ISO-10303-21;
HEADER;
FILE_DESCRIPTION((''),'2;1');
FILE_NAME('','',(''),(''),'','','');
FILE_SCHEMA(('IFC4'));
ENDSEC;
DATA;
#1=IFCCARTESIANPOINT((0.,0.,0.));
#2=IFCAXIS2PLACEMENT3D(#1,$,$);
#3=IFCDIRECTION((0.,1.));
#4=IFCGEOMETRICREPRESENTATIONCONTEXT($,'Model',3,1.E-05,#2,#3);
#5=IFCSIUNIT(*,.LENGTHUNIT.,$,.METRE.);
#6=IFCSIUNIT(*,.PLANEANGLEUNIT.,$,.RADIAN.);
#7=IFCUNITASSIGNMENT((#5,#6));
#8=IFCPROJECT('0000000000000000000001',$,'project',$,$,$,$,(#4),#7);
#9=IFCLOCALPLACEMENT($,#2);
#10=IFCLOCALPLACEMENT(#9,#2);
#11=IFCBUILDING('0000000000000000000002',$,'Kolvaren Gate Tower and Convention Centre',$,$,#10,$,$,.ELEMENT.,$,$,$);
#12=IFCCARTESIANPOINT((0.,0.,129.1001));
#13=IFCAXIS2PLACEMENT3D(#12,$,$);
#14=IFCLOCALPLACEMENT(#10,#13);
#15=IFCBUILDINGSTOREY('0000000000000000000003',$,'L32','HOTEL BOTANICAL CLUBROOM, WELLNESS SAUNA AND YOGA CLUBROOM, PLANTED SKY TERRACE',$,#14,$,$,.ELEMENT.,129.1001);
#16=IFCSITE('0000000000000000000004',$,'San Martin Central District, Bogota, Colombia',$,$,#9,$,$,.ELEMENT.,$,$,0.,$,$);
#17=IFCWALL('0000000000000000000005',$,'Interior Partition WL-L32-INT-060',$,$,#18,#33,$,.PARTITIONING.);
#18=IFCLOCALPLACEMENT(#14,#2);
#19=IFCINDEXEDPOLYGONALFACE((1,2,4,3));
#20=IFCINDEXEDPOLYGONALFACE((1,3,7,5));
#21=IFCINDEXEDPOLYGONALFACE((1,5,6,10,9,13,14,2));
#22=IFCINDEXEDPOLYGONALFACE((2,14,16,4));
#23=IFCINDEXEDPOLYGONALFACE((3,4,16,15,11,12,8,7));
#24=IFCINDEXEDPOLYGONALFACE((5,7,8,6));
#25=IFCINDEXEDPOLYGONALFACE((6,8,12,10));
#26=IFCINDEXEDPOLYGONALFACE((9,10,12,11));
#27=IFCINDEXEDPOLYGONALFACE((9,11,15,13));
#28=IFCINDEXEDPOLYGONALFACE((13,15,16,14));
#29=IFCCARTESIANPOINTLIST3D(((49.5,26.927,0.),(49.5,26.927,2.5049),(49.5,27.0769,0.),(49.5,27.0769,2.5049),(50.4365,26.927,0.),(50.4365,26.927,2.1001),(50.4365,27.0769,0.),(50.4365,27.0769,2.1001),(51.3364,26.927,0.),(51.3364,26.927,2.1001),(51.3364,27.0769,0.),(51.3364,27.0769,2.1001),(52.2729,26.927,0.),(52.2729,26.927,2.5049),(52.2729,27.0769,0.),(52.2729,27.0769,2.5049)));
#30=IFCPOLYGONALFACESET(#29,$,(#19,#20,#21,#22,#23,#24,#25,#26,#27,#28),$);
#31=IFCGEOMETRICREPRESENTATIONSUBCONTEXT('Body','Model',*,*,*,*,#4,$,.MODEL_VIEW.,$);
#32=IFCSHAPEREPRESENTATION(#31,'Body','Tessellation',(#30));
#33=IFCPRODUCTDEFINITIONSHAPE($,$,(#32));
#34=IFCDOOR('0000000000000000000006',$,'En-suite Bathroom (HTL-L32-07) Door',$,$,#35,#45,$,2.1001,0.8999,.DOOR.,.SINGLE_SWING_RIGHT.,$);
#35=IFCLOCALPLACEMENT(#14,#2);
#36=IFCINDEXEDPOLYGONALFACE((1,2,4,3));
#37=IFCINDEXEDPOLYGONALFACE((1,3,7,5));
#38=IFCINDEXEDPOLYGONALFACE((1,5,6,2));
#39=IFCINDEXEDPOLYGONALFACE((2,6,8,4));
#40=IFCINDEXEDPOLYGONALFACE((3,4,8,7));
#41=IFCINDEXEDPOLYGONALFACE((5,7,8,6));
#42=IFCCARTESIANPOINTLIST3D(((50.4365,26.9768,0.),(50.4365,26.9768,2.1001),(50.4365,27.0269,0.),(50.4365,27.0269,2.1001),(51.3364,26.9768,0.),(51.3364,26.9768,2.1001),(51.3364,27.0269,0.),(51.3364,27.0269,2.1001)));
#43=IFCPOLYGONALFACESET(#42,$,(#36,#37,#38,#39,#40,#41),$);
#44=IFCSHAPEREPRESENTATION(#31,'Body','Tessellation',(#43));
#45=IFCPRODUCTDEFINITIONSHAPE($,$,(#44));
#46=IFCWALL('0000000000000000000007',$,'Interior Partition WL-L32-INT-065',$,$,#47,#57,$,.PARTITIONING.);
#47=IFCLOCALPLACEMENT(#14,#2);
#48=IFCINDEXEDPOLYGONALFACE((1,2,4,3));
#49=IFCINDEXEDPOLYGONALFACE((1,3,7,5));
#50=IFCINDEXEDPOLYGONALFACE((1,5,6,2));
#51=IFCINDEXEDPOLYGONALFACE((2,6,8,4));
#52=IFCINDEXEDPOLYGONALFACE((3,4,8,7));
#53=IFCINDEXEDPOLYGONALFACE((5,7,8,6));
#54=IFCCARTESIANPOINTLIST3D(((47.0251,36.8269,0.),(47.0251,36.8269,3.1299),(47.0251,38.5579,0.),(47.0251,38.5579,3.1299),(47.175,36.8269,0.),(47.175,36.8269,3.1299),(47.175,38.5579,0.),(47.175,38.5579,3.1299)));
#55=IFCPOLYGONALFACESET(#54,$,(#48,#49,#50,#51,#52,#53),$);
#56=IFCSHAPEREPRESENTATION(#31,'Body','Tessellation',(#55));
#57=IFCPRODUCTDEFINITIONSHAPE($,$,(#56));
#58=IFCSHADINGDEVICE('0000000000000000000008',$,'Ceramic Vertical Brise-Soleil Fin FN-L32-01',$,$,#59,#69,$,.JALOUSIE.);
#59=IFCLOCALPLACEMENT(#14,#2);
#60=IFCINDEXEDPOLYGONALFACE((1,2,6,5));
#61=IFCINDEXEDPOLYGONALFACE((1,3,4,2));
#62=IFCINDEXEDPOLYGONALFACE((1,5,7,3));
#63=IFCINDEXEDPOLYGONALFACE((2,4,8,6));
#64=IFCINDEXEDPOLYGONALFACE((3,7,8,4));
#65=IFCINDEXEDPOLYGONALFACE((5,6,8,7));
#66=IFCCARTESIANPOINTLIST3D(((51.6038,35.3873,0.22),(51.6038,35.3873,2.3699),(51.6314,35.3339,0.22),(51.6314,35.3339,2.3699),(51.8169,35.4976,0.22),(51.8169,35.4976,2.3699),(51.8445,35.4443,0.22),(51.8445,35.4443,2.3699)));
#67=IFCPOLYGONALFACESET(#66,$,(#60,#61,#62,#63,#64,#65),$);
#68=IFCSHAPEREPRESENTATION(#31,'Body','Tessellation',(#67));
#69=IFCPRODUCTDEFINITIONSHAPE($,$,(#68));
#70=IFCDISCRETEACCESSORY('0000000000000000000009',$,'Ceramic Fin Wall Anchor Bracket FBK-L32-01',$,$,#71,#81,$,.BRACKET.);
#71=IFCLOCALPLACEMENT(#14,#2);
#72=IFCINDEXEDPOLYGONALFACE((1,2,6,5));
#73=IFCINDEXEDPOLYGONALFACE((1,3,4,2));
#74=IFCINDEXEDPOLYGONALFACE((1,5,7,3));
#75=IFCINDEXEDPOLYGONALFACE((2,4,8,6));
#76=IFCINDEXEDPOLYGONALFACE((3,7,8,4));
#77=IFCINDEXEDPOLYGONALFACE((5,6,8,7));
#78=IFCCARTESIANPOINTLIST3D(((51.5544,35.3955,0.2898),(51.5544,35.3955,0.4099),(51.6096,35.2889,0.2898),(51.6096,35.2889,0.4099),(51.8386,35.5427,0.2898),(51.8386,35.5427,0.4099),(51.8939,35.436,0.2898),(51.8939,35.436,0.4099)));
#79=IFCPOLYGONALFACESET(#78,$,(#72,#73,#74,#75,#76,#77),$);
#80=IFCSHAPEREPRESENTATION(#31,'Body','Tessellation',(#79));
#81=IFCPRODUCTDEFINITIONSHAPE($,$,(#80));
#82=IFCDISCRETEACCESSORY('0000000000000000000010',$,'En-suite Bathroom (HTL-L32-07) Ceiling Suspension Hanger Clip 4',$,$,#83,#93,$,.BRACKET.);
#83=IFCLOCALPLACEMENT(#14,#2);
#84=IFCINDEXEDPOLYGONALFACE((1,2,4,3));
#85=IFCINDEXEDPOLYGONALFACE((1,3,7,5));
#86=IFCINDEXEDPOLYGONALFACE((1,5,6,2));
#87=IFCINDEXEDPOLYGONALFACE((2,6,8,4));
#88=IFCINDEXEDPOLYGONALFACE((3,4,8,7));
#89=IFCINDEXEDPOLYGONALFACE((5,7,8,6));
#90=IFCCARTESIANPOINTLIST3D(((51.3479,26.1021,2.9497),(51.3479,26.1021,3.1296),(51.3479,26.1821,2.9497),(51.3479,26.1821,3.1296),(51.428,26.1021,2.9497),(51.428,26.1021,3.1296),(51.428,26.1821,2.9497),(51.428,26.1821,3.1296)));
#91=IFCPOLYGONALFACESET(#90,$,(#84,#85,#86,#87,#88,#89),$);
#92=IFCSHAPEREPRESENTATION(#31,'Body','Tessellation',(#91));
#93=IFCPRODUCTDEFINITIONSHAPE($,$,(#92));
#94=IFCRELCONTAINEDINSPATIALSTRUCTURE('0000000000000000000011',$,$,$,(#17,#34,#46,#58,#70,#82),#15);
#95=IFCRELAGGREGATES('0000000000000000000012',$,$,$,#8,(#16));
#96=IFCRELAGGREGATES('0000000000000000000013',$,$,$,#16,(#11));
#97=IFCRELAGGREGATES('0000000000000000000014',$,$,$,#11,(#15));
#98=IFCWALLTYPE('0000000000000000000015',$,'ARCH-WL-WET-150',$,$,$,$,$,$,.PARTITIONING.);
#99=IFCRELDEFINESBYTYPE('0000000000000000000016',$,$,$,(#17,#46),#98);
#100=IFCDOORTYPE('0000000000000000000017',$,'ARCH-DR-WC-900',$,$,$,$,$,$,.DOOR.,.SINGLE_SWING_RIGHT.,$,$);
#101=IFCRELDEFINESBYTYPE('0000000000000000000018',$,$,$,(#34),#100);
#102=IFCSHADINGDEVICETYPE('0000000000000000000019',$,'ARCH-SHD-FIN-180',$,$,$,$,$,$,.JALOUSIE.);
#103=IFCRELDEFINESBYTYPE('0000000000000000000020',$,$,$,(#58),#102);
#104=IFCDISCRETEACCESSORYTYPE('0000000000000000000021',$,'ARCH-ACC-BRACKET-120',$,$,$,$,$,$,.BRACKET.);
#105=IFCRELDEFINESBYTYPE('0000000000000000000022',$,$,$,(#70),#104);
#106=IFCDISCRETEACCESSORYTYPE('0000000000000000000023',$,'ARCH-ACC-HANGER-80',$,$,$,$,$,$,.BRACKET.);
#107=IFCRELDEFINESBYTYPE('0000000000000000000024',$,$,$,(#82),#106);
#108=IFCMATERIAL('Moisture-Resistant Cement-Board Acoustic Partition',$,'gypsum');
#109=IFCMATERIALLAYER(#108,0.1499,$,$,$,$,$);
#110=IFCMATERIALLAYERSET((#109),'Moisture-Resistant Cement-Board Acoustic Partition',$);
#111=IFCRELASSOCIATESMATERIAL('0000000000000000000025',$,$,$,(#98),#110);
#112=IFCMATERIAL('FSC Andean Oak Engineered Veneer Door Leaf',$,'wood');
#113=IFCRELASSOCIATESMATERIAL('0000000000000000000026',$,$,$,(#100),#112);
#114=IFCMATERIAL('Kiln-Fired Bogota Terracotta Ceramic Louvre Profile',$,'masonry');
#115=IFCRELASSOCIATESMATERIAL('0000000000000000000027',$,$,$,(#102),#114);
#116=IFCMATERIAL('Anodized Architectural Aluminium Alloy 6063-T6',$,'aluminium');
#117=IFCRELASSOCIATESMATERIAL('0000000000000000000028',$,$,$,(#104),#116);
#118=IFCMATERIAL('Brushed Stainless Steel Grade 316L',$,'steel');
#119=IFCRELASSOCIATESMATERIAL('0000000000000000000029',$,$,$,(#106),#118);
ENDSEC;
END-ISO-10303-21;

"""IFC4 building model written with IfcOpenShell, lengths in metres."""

from ifc_helpers import new_model, si_unit, direction, frame, frame_2d, origin, origin_2d, place, context, subcontext, project, spatial, rectangle, extrude, material, layer, layer_set, type_object, element, fill, save


model = new_model("IFC4")

# Units and contexts
model_context = context("Model", 3, precision=1e-05, world=origin(), true_north=direction((0.0, 1.0)))
body_context = subcontext(model_context, "Body", "Model", "MODEL_VIEW")
ifc_project = project(units=[si_unit("LENGTHUNIT", "METRE"), si_unit("PLANEANGLEUNIT", "RADIAN")], contexts=[model_context])

# Site, building, storey
site_placement = place(None, origin())
site = spatial("IfcSite", under=ifc_project, at=site_placement, Name="San Martin Central District, Bogota, Colombia", CompositionType="ELEMENT", RefElevation=0.0)
building_placement = place(site_placement, origin())
building = spatial("IfcBuilding", under=site, at=building_placement, Name="Kolvaren Gate Tower and Convention Centre", CompositionType="ELEMENT")
storey_placement = place(building_placement, frame((0.0, 0.0, 129.1001)))
storey = spatial("IfcBuildingStorey", under=building, at=storey_placement, Name="L32", Description="HOTEL BOTANICAL CLUBROOM, WELLNESS SAUNA AND YOGA CLUBROOM, PLANTED SKY TERRACE", CompositionType="ELEMENT", Elevation=129.1001)

# Shared definitions
ifc_material_1 = material(Name="Anodized Architectural Aluminium Alloy 6063-T6", Category="aluminium")

# Wall, opening, door
ifc_material_2 = material(Name="Moisture-Resistant Cement-Board Acoustic Partition", Category="gypsum")
ifc_layer_1 = layer(ifc_material_2, 0.1499)
ifc_layer_set_1 = layer_set([ifc_layer_1], Name="Moisture-Resistant Cement-Board Acoustic Partition")
wall_type_1 = type_object("IfcWallType", Name="ARCH-WL-WET-150", PredefinedType="PARTITIONING", material=ifc_layer_set_1)
wall_1_placement = place(storey_placement, frame((49.5, 27.002, 0.0), z_axis=(0.0, 0.0, 1.0), x_axis=(1.0, 0.0, 0.0)))
wall_1 = element("IfcWall", 1, at=wall_1_placement, inside=storey, type_object=wall_type_1, Name="Interior Partition WL-L32-INT-060", PredefinedType="PARTITIONING", context=body_context, shape_type="SweptSolid", body=[
    extrude(rectangle(XDim=2.7729, YDim=0.1499, at=frame_2d((1.3865, 0.0))), origin(), (0.0, 0.0, 1.0), 2.5049),
])
opening_1_placement = place(wall_1_placement, frame((0.9365, 0.0, 0.0)))
opening_1 = element("IfcOpeningElement", 2, at=opening_1_placement, cuts=wall_1, PredefinedType="OPENING", context=body_context, shape_type="SweptSolid", body=[
    extrude(rectangle(XDim=0.8999, YDim=2.1001, at=frame_2d((0.45, 1.05))), frame((0.0, 0.085, 0.0), z_axis=(0.0, -1.0, 0.0), x_axis=(1.0, 0.0, 0.0)), (0.0, 0.0, 1.0), 0.1699),
])
ifc_material_3 = material(Name="FSC Andean Oak Engineered Veneer Door Leaf", Category="wood")
door_type_1 = type_object("IfcDoorType", Name="ARCH-DR-WC-900", OperationType="SINGLE_SWING_RIGHT", PredefinedType="DOOR", material=ifc_material_3)
door_1_placement = place(opening_1_placement, origin())
door_1 = element("IfcDoor", 3, at=door_1_placement, inside=storey, type_object=door_type_1, Name="En-suite Bathroom (HTL-L32-07) Door", OperationType="SINGLE_SWING_RIGHT", OverallHeight=2.1001, OverallWidth=0.8999, PredefinedType="DOOR", context=body_context, shape_type="SweptSolid", body=[
    extrude(rectangle(XDim=0.8999, YDim=2.1001, at=frame_2d((0.45, 1.05))), frame((0.0, 0.0249, 0.0), z_axis=(0.0, -1.0, 0.0), x_axis=(1.0, 0.0, 0.0)), (0.0, 0.0, 1.0), 0.05),
])
fill(opening_1, door_1)

# Wall
wall_2_placement = place(storey_placement, frame((47.1001, 36.8269, 0.0), z_axis=(0.0, 0.0, 1.0), x_axis=(0.0, 1.0, 0.0)))
element("IfcWall", 4, at=wall_2_placement, inside=storey, type_object=wall_type_1, Name="Interior Partition WL-L32-INT-065", PredefinedType="PARTITIONING", context=body_context, shape_type="SweptSolid", body=[
    extrude(rectangle(XDim=1.731, YDim=0.1499, at=frame_2d((0.8655, 0.0))), origin(), (0.0, 0.0, 1.0), 3.1299),
])

# Shading device
ifc_material_4 = material(Name="Kiln-Fired Bogota Terracotta Ceramic Louvre Profile", Category="masonry")
shading_device_type = type_object("IfcShadingDeviceType", Name="ARCH-SHD-FIN-180", PredefinedType="JALOUSIE", material=ifc_material_4)
shading_device_placement = place(storey_placement, frame((51.7241, 35.4158, 0.22), z_axis=(0.0, 0.0, 1.0), x_axis=(0.459781, -0.888032, 0.0)))
element("IfcShadingDevice", 5, at=shading_device_placement, inside=storey, type_object=shading_device_type, Name="Ceramic Vertical Brise-Soleil Fin FN-L32-01", PredefinedType="JALOUSIE", context=body_context, shape_type="SweptSolid", body=[
    extrude(rectangle(XDim=0.0601, YDim=0.24, at=origin_2d()), origin(), (0.0, 0.0, 1.0), 2.1499),
])

# Discrete accessories
discrete_accessory_type_1 = type_object("IfcDiscreteAccessoryType", Name="ARCH-ACC-BRACKET-120", PredefinedType="BRACKET", material=ifc_material_1)
discrete_accessory_1_placement = place(storey_placement, frame((51.7241, 35.4158, 0.2898), z_axis=(0.0, 0.0, 1.0), x_axis=(0.459781, -0.888032, 0.0)))
element("IfcDiscreteAccessory", 6, at=discrete_accessory_1_placement, inside=storey, type_object=discrete_accessory_type_1, Name="Ceramic Fin Wall Anchor Bracket FBK-L32-01", PredefinedType="BRACKET", context=body_context, shape_type="SweptSolid", body=[
    extrude(rectangle(XDim=0.1201, YDim=0.3201, at=origin_2d()), origin(), (0.0, 0.0, 1.0), 0.1201),
])
ifc_material_5 = material(Name="Brushed Stainless Steel Grade 316L", Category="steel")
discrete_accessory_type_2 = type_object("IfcDiscreteAccessoryType", Name="ARCH-ACC-HANGER-80", PredefinedType="BRACKET", material=ifc_material_5)
discrete_accessory_2_placement = place(storey_placement, frame((51.3879, 26.1421, 2.9497), z_axis=(0.0, 0.0, 1.0), x_axis=(1.0, 0.0, 0.0)))
element("IfcDiscreteAccessory", 7, at=discrete_accessory_2_placement, inside=storey, type_object=discrete_accessory_type_2, Name="En-suite Bathroom (HTL-L32-07) Ceiling Suspension Hanger Clip 4", PredefinedType="BRACKET", context=body_context, shape_type="SweptSolid", body=[
    extrude(rectangle(XDim=0.0801, YDim=0.0801, at=origin_2d()), origin(), (0.0, 0.0, 1.0), 0.1799),
])

save(model, "model.ifc")
